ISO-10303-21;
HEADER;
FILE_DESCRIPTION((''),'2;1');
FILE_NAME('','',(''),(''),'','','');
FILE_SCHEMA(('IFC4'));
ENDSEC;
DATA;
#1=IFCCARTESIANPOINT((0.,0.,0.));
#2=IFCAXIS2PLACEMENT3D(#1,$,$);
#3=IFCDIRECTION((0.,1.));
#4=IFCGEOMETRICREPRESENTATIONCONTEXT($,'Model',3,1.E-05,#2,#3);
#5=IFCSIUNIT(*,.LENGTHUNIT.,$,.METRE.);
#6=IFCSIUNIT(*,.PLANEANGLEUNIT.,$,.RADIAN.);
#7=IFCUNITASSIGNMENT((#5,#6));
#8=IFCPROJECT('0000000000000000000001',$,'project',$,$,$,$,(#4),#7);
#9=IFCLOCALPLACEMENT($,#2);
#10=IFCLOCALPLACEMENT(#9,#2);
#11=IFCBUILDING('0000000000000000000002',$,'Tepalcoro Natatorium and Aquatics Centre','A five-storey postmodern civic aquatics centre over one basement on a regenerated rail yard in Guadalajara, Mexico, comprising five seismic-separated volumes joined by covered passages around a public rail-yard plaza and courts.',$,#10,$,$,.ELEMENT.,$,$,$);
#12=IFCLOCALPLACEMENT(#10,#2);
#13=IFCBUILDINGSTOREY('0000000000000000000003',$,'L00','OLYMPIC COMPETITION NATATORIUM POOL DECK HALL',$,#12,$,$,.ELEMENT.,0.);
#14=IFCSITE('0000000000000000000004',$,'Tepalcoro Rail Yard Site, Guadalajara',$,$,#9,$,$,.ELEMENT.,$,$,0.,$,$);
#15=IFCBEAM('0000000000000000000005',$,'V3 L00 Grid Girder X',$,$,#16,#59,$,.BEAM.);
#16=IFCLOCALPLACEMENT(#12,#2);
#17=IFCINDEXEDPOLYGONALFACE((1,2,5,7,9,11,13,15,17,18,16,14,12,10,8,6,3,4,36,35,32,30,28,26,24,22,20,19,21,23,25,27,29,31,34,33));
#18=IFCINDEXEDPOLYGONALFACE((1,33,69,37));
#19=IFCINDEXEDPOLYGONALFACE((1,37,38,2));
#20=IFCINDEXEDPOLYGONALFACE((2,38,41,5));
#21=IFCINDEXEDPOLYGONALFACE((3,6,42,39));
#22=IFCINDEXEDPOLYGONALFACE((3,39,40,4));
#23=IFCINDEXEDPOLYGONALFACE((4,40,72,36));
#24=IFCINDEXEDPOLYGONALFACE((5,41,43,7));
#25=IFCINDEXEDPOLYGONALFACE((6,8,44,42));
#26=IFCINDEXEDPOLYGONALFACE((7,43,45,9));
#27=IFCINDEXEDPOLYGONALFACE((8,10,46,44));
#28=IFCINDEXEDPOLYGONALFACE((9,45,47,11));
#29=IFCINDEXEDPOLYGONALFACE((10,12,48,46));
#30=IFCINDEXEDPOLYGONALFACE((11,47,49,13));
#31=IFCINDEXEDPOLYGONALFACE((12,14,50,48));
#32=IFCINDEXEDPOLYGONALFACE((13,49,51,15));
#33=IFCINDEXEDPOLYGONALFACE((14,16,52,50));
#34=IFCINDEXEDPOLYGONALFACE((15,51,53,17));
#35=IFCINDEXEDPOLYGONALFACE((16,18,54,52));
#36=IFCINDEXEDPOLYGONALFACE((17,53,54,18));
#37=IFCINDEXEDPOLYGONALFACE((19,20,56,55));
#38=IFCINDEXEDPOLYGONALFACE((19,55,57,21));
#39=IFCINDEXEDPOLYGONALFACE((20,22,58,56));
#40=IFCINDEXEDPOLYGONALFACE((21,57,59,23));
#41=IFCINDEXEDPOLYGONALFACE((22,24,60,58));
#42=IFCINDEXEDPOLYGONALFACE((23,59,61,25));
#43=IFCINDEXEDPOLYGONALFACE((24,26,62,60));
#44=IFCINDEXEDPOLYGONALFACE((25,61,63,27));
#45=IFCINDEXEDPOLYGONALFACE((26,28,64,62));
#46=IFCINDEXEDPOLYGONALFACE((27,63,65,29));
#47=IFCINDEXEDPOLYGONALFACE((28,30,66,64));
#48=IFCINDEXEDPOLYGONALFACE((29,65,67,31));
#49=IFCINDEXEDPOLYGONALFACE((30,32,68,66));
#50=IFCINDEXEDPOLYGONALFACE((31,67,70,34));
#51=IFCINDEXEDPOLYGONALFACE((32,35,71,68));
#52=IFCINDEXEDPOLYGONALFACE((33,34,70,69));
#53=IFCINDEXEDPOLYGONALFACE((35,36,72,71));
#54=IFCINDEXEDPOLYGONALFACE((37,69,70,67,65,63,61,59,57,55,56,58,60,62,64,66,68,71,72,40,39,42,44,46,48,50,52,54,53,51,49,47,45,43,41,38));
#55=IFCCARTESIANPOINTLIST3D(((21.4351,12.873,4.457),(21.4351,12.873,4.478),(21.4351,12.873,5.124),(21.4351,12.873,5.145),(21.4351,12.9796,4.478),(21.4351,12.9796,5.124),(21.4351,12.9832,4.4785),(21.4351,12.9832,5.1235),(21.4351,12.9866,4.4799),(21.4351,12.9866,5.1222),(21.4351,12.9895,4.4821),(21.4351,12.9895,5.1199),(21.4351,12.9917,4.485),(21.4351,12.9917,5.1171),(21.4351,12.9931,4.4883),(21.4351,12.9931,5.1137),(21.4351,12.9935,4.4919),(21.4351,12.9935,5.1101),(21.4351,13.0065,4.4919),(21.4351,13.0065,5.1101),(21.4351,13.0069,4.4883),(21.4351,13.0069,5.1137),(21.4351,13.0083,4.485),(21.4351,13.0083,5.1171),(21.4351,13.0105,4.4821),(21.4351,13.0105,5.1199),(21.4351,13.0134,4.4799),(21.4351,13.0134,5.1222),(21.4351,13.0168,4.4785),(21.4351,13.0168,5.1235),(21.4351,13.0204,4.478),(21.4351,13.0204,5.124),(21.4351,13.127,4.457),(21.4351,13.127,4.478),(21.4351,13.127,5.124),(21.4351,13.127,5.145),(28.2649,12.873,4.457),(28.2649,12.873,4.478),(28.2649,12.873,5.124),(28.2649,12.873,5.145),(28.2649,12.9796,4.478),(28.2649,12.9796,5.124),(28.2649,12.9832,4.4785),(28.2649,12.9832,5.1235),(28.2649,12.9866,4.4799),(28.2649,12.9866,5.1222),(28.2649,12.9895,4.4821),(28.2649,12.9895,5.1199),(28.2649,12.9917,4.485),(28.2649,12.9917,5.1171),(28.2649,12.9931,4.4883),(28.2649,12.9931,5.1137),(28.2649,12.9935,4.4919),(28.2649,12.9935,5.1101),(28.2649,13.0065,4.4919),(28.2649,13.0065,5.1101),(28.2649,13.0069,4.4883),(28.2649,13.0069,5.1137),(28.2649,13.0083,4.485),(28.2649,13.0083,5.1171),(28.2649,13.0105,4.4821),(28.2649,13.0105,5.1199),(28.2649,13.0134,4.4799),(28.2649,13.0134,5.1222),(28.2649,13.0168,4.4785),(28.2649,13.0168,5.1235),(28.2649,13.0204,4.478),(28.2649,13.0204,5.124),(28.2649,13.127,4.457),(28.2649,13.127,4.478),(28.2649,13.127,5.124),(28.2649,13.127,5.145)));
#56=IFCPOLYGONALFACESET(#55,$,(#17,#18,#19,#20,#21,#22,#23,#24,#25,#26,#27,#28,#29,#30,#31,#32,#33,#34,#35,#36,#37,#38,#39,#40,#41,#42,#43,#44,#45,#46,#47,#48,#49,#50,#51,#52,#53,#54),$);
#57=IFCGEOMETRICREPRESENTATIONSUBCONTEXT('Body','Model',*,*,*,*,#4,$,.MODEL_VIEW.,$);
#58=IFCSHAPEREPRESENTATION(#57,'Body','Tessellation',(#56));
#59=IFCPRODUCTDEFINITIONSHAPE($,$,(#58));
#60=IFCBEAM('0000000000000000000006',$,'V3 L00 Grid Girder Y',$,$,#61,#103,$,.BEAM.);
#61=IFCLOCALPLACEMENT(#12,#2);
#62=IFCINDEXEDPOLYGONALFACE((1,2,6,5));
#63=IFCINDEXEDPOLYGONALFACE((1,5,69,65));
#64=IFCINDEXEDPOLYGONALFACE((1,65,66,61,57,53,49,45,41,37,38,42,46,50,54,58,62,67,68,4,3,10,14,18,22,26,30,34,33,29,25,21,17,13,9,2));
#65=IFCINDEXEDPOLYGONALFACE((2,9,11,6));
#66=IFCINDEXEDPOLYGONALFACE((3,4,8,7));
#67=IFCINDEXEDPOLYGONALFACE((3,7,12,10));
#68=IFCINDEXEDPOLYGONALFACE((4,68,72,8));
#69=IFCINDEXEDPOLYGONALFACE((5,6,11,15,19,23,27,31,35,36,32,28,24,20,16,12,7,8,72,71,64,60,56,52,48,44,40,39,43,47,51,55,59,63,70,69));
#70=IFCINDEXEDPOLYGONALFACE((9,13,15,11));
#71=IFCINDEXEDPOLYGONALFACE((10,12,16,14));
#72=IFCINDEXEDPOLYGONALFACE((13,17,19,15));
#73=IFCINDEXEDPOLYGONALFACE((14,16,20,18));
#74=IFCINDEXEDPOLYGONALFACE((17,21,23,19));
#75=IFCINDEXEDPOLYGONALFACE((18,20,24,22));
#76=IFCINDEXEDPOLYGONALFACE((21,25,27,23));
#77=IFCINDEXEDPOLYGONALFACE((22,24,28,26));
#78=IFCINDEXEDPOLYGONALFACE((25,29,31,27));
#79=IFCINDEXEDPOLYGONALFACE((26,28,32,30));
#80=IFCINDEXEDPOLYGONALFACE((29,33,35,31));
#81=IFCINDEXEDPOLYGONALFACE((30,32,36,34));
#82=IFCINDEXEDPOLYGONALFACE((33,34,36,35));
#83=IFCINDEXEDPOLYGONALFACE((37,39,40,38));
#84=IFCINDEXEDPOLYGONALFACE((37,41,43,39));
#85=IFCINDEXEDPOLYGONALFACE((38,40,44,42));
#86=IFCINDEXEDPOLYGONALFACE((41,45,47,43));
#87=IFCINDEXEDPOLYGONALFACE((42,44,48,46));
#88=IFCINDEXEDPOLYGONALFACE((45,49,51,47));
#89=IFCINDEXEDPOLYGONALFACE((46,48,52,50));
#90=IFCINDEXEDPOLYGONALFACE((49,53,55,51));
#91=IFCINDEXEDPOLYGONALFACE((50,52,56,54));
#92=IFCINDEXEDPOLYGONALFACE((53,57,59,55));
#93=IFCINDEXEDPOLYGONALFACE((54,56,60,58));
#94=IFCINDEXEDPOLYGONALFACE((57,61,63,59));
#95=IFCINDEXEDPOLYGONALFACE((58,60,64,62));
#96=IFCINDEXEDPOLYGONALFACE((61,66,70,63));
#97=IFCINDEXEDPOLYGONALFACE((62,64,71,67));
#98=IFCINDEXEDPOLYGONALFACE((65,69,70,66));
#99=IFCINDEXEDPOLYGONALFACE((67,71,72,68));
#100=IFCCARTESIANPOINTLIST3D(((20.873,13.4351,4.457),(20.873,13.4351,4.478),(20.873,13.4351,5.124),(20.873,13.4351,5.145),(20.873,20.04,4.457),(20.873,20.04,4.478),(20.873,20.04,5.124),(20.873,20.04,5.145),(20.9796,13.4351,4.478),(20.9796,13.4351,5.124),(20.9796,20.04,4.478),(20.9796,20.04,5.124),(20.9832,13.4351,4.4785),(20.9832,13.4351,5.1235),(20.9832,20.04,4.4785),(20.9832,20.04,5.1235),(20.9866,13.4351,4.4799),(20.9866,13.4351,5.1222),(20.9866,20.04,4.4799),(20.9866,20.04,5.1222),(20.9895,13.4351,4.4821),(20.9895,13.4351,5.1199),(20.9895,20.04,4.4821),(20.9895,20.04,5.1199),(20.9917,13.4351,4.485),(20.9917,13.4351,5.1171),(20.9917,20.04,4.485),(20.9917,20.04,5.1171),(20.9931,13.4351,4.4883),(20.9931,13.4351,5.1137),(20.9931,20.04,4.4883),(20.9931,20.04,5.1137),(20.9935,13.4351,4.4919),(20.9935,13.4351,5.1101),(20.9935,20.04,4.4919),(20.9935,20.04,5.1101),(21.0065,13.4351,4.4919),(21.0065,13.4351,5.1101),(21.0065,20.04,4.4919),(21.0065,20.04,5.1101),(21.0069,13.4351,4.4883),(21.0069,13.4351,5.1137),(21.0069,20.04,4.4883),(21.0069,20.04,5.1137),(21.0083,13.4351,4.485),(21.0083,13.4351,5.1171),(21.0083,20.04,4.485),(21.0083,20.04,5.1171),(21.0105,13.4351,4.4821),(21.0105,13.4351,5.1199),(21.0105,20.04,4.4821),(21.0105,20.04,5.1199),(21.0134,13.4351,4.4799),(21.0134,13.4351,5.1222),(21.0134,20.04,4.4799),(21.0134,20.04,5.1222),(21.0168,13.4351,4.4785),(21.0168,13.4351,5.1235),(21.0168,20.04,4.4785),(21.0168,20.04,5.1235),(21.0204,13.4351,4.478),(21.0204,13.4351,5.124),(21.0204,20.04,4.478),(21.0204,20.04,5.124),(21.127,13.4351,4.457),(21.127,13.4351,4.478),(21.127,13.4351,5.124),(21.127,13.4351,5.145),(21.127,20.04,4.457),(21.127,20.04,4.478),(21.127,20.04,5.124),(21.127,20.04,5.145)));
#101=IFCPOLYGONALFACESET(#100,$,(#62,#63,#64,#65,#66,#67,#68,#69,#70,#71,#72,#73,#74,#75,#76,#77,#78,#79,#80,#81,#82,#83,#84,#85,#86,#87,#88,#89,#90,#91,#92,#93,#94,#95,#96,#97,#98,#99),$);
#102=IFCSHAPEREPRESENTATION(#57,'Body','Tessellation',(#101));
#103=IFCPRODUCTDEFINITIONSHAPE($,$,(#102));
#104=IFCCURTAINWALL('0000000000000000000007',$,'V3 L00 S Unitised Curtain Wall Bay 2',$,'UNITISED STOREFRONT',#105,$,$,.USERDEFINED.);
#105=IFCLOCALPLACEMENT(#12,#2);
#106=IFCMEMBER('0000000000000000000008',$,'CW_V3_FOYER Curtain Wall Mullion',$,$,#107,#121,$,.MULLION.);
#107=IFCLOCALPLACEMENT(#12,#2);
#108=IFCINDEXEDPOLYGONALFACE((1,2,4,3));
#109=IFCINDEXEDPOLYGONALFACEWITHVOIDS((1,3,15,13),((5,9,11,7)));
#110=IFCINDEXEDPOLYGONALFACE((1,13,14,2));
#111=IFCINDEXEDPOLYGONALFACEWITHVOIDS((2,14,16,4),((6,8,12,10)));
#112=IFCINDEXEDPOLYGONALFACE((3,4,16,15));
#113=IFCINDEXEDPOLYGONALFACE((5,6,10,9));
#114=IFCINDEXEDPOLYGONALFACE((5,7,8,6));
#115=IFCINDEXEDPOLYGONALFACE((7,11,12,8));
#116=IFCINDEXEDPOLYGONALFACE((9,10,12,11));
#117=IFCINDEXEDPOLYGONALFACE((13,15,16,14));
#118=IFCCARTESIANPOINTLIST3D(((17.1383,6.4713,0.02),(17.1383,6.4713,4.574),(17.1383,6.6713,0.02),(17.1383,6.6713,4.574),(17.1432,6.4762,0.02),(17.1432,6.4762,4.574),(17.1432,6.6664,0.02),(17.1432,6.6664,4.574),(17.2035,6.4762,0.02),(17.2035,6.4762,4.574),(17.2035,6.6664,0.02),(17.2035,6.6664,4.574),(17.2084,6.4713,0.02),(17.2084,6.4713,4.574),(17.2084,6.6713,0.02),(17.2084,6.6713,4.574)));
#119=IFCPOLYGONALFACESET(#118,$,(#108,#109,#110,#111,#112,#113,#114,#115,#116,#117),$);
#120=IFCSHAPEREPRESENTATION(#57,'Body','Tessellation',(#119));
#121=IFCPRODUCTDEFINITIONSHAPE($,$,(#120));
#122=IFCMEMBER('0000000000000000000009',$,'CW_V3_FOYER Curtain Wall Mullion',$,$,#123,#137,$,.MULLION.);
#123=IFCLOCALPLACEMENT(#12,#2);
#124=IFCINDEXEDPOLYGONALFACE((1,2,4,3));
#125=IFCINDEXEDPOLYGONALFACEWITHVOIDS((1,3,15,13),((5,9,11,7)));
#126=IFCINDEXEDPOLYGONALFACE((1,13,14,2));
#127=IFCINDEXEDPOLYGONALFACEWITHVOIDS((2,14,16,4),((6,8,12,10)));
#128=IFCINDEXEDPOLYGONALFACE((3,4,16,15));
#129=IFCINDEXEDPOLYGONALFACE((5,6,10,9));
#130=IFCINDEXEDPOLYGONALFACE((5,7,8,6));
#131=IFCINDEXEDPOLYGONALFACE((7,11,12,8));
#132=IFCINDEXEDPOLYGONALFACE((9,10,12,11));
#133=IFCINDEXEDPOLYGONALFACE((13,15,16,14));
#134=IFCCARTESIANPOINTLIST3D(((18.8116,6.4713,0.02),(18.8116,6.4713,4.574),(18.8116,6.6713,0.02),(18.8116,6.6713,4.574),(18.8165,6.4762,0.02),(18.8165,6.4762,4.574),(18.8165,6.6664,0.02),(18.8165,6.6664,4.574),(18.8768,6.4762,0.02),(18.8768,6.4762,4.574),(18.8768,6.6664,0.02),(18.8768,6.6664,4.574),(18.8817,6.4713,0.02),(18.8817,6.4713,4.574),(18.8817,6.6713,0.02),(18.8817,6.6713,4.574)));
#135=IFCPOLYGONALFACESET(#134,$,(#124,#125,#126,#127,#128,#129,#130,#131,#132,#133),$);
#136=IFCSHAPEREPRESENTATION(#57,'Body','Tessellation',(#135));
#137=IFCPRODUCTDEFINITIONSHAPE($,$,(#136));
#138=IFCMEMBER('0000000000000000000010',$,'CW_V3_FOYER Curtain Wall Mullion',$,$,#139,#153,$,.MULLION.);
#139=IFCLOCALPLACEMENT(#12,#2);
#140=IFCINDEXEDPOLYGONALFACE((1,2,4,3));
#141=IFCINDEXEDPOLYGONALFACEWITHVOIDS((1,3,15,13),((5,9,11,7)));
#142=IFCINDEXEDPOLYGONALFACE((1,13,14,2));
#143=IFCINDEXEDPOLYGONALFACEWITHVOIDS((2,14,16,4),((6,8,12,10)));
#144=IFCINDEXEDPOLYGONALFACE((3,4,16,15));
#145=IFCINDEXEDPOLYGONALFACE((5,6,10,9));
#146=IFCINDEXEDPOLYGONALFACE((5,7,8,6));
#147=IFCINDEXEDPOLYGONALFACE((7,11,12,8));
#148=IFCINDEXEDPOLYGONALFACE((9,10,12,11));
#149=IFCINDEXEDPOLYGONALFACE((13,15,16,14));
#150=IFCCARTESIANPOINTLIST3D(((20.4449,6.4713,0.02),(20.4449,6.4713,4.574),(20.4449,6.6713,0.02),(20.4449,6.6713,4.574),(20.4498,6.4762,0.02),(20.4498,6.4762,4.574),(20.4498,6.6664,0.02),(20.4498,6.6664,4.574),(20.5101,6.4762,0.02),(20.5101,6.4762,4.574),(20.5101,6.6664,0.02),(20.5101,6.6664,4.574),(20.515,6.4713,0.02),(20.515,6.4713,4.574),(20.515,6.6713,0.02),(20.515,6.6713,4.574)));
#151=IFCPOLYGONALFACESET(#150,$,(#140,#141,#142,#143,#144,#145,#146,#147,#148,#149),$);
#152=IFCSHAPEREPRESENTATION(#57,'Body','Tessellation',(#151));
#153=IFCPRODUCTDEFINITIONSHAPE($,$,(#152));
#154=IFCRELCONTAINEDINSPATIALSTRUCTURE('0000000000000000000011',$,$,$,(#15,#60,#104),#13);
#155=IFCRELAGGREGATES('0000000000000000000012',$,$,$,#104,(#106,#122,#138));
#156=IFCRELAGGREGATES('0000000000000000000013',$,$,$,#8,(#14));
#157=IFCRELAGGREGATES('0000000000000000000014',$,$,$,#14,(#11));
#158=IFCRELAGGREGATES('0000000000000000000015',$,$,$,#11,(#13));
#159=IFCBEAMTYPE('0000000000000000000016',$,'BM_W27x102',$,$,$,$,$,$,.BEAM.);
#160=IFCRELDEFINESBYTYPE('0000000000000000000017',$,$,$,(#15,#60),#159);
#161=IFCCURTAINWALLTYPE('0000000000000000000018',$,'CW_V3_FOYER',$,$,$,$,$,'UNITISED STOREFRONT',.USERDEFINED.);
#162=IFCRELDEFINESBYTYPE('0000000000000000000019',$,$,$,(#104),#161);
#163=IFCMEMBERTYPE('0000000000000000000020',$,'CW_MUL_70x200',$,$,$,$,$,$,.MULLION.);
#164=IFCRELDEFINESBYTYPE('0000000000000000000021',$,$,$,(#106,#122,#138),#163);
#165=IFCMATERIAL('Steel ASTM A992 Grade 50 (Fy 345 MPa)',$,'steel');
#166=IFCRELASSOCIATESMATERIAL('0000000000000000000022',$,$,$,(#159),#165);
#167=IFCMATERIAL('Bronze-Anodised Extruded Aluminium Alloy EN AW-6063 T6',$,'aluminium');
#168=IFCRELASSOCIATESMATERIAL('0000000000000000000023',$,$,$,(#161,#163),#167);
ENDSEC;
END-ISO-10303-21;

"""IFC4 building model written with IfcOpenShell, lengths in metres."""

from ifc_helpers import new_model, si_unit, direction, frame, origin, origin_2d, place, context, subcontext, project, spatial, hollow_rectangle, i_section, extrude, material, material_profile, profile_set, type_object, element, aggregate, save


model = new_model("IFC4")

# Units and contexts
model_context = context("Model", 3, precision=1e-05, world=origin(), true_north=direction((0.0, 1.0)))
body_context = subcontext(model_context, "Body", "Model", "MODEL_VIEW")
ifc_project = project(units=[si_unit("LENGTHUNIT", "METRE"), si_unit("PLANEANGLEUNIT", "RADIAN")], contexts=[model_context])

# Site, building, storey
site_placement = place(None, origin())
site = spatial("IfcSite", under=ifc_project, at=site_placement, Name="Tepalcoro Rail Yard Site, Guadalajara", CompositionType="ELEMENT", RefElevation=0.0)
building_placement = place(site_placement, origin())
building = spatial("IfcBuilding", under=site, at=building_placement, Name="Tepalcoro Natatorium and Aquatics Centre", Description="A five-storey postmodern civic aquatics centre over one basement on a regenerated rail yard in Guadalajara, Mexico, comprising five seismic-separated volumes joined by covered passages around a public rail-yard plaza and courts.", CompositionType="ELEMENT")
storey_placement = place(building_placement, origin())
storey = spatial("IfcBuildingStorey", under=building, at=storey_placement, Name="L00", Description="OLYMPIC COMPETITION NATATORIUM POOL DECK HALL", CompositionType="ELEMENT", Elevation=0.0)

# Shared definitions
ifc_material_1 = material(Name="Steel ASTM A992 Grade 50 (Fy 345 MPa)", Category="steel")

# Beams
ifc_material_profile_1 = material_profile(ifc_material_1, i_section(OverallWidth=0.2539, OverallDepth=0.688, WebThickness=0.0129, FlangeThickness=0.021, FilletRadius=0.0139, at=origin_2d()), Name="W27X102")
ifc_profile_set_1 = profile_set([ifc_material_profile_1], Name="Steel ASTM A992 Grade 50 (Fy 345 MPa)")
beam_type_1 = type_object("IfcBeamType", Name="BM_W27x102", PredefinedType="BEAM", material=ifc_profile_set_1)
beam_1_placement = place(storey_placement, frame((21.4351, 13.0, 4.801), z_axis=(1.0, 0.0, 0.0), x_axis=(0.0, 1.0, 0.0)))
element("IfcBeam", 1, at=beam_1_placement, inside=storey, type_object=beam_type_1, Name="V3 L00 Grid Girder X", PredefinedType="BEAM", context=body_context, shape_type="SweptSolid", body=[
    extrude(i_section(OverallWidth=0.2539, OverallDepth=0.688, WebThickness=0.0129, FlangeThickness=0.021, FilletRadius=0.0139, at=origin_2d()), origin(), (0.0, 0.0, 1.0), 6.8298),
])
beam_2_placement = place(storey_placement, frame((21.0, 13.4351, 4.801), z_axis=(0.0, 1.0, 0.0), x_axis=(-1.0, 0.0, 0.0)))
element("IfcBeam", 2, at=beam_2_placement, inside=storey, type_object=beam_type_1, Name="V3 L00 Grid Girder Y", PredefinedType="BEAM", context=body_context, shape_type="SweptSolid", body=[
    extrude(i_section(OverallWidth=0.2539, OverallDepth=0.688, WebThickness=0.0129, FlangeThickness=0.021, FilletRadius=0.0139, at=origin_2d()), origin(), (0.0, 0.0, 1.0), 6.605),
])

# Curtain wall, members
ifc_material_2 = material(Name="Bronze-Anodised Extruded Aluminium Alloy EN AW-6063 T6", Category="aluminium")
curtain_wall_type = type_object("IfcCurtainWallType", Name="CW_V3_FOYER", ElementType="UNITISED STOREFRONT", PredefinedType="USERDEFINED", material=ifc_material_2)
curtain_wall_placement = place(storey_placement, origin())
curtain_wall = element("IfcCurtainWall", 3, at=curtain_wall_placement, inside=storey, type_object=curtain_wall_type, Name="V3 L00 S Unitised Curtain Wall Bay 2", ObjectType="UNITISED STOREFRONT", PredefinedType="USERDEFINED")
ifc_material_profile_2 = material_profile(ifc_material_2, hollow_rectangle(XDim=0.0701, YDim=0.2, WallThickness=0.0049, at=origin_2d()), Name="AL70X200X5")
ifc_profile_set_2 = profile_set([ifc_material_profile_2], Name="Bronze-Anodised Extruded Aluminium Alloy EN AW-6063 T6")
member_type = type_object("IfcMemberType", Name="CW_MUL_70x200", PredefinedType="MULLION", material=ifc_profile_set_2)
member_1_placement = place(storey_placement, frame((17.1733, 6.5713, 0.02), z_axis=(0.0, 0.0, 1.0), x_axis=(1.0, 0.0, 0.0)))
member_1 = element("IfcMember", 4, at=member_1_placement, type_object=member_type, Name="CW_V3_FOYER Curtain Wall Mullion", PredefinedType="MULLION", context=body_context, shape_type="SweptSolid", body=[
    extrude(hollow_rectangle(XDim=0.0701, YDim=0.2, WallThickness=0.0049, at=origin_2d()), origin(), (0.0, 0.0, 1.0), 4.554),
])
member_2_placement = place(storey_placement, frame((18.8467, 6.5713, 0.02), z_axis=(0.0, 0.0, 1.0), x_axis=(1.0, 0.0, 0.0)))
member_2 = element("IfcMember", 5, at=member_2_placement, type_object=member_type, Name="CW_V3_FOYER Curtain Wall Mullion", PredefinedType="MULLION", context=body_context, shape_type="SweptSolid", body=[
    extrude(hollow_rectangle(XDim=0.0701, YDim=0.2, WallThickness=0.0049, at=origin_2d()), origin(), (0.0, 0.0, 1.0), 4.554),
])
member_3_placement = place(storey_placement, frame((20.48, 6.5713, 0.02), z_axis=(0.0, 0.0, 1.0), x_axis=(1.0, 0.0, 0.0)))
member_3 = element("IfcMember", 6, at=member_3_placement, type_object=member_type, Name="CW_V3_FOYER Curtain Wall Mullion", PredefinedType="MULLION", context=body_context, shape_type="SweptSolid", body=[
    extrude(hollow_rectangle(XDim=0.0701, YDim=0.2, WallThickness=0.0049, at=origin_2d()), origin(), (0.0, 0.0, 1.0), 4.554),
])

aggregate(curtain_wall, [member_1, member_2, member_3])

save(model, "model.ifc")
